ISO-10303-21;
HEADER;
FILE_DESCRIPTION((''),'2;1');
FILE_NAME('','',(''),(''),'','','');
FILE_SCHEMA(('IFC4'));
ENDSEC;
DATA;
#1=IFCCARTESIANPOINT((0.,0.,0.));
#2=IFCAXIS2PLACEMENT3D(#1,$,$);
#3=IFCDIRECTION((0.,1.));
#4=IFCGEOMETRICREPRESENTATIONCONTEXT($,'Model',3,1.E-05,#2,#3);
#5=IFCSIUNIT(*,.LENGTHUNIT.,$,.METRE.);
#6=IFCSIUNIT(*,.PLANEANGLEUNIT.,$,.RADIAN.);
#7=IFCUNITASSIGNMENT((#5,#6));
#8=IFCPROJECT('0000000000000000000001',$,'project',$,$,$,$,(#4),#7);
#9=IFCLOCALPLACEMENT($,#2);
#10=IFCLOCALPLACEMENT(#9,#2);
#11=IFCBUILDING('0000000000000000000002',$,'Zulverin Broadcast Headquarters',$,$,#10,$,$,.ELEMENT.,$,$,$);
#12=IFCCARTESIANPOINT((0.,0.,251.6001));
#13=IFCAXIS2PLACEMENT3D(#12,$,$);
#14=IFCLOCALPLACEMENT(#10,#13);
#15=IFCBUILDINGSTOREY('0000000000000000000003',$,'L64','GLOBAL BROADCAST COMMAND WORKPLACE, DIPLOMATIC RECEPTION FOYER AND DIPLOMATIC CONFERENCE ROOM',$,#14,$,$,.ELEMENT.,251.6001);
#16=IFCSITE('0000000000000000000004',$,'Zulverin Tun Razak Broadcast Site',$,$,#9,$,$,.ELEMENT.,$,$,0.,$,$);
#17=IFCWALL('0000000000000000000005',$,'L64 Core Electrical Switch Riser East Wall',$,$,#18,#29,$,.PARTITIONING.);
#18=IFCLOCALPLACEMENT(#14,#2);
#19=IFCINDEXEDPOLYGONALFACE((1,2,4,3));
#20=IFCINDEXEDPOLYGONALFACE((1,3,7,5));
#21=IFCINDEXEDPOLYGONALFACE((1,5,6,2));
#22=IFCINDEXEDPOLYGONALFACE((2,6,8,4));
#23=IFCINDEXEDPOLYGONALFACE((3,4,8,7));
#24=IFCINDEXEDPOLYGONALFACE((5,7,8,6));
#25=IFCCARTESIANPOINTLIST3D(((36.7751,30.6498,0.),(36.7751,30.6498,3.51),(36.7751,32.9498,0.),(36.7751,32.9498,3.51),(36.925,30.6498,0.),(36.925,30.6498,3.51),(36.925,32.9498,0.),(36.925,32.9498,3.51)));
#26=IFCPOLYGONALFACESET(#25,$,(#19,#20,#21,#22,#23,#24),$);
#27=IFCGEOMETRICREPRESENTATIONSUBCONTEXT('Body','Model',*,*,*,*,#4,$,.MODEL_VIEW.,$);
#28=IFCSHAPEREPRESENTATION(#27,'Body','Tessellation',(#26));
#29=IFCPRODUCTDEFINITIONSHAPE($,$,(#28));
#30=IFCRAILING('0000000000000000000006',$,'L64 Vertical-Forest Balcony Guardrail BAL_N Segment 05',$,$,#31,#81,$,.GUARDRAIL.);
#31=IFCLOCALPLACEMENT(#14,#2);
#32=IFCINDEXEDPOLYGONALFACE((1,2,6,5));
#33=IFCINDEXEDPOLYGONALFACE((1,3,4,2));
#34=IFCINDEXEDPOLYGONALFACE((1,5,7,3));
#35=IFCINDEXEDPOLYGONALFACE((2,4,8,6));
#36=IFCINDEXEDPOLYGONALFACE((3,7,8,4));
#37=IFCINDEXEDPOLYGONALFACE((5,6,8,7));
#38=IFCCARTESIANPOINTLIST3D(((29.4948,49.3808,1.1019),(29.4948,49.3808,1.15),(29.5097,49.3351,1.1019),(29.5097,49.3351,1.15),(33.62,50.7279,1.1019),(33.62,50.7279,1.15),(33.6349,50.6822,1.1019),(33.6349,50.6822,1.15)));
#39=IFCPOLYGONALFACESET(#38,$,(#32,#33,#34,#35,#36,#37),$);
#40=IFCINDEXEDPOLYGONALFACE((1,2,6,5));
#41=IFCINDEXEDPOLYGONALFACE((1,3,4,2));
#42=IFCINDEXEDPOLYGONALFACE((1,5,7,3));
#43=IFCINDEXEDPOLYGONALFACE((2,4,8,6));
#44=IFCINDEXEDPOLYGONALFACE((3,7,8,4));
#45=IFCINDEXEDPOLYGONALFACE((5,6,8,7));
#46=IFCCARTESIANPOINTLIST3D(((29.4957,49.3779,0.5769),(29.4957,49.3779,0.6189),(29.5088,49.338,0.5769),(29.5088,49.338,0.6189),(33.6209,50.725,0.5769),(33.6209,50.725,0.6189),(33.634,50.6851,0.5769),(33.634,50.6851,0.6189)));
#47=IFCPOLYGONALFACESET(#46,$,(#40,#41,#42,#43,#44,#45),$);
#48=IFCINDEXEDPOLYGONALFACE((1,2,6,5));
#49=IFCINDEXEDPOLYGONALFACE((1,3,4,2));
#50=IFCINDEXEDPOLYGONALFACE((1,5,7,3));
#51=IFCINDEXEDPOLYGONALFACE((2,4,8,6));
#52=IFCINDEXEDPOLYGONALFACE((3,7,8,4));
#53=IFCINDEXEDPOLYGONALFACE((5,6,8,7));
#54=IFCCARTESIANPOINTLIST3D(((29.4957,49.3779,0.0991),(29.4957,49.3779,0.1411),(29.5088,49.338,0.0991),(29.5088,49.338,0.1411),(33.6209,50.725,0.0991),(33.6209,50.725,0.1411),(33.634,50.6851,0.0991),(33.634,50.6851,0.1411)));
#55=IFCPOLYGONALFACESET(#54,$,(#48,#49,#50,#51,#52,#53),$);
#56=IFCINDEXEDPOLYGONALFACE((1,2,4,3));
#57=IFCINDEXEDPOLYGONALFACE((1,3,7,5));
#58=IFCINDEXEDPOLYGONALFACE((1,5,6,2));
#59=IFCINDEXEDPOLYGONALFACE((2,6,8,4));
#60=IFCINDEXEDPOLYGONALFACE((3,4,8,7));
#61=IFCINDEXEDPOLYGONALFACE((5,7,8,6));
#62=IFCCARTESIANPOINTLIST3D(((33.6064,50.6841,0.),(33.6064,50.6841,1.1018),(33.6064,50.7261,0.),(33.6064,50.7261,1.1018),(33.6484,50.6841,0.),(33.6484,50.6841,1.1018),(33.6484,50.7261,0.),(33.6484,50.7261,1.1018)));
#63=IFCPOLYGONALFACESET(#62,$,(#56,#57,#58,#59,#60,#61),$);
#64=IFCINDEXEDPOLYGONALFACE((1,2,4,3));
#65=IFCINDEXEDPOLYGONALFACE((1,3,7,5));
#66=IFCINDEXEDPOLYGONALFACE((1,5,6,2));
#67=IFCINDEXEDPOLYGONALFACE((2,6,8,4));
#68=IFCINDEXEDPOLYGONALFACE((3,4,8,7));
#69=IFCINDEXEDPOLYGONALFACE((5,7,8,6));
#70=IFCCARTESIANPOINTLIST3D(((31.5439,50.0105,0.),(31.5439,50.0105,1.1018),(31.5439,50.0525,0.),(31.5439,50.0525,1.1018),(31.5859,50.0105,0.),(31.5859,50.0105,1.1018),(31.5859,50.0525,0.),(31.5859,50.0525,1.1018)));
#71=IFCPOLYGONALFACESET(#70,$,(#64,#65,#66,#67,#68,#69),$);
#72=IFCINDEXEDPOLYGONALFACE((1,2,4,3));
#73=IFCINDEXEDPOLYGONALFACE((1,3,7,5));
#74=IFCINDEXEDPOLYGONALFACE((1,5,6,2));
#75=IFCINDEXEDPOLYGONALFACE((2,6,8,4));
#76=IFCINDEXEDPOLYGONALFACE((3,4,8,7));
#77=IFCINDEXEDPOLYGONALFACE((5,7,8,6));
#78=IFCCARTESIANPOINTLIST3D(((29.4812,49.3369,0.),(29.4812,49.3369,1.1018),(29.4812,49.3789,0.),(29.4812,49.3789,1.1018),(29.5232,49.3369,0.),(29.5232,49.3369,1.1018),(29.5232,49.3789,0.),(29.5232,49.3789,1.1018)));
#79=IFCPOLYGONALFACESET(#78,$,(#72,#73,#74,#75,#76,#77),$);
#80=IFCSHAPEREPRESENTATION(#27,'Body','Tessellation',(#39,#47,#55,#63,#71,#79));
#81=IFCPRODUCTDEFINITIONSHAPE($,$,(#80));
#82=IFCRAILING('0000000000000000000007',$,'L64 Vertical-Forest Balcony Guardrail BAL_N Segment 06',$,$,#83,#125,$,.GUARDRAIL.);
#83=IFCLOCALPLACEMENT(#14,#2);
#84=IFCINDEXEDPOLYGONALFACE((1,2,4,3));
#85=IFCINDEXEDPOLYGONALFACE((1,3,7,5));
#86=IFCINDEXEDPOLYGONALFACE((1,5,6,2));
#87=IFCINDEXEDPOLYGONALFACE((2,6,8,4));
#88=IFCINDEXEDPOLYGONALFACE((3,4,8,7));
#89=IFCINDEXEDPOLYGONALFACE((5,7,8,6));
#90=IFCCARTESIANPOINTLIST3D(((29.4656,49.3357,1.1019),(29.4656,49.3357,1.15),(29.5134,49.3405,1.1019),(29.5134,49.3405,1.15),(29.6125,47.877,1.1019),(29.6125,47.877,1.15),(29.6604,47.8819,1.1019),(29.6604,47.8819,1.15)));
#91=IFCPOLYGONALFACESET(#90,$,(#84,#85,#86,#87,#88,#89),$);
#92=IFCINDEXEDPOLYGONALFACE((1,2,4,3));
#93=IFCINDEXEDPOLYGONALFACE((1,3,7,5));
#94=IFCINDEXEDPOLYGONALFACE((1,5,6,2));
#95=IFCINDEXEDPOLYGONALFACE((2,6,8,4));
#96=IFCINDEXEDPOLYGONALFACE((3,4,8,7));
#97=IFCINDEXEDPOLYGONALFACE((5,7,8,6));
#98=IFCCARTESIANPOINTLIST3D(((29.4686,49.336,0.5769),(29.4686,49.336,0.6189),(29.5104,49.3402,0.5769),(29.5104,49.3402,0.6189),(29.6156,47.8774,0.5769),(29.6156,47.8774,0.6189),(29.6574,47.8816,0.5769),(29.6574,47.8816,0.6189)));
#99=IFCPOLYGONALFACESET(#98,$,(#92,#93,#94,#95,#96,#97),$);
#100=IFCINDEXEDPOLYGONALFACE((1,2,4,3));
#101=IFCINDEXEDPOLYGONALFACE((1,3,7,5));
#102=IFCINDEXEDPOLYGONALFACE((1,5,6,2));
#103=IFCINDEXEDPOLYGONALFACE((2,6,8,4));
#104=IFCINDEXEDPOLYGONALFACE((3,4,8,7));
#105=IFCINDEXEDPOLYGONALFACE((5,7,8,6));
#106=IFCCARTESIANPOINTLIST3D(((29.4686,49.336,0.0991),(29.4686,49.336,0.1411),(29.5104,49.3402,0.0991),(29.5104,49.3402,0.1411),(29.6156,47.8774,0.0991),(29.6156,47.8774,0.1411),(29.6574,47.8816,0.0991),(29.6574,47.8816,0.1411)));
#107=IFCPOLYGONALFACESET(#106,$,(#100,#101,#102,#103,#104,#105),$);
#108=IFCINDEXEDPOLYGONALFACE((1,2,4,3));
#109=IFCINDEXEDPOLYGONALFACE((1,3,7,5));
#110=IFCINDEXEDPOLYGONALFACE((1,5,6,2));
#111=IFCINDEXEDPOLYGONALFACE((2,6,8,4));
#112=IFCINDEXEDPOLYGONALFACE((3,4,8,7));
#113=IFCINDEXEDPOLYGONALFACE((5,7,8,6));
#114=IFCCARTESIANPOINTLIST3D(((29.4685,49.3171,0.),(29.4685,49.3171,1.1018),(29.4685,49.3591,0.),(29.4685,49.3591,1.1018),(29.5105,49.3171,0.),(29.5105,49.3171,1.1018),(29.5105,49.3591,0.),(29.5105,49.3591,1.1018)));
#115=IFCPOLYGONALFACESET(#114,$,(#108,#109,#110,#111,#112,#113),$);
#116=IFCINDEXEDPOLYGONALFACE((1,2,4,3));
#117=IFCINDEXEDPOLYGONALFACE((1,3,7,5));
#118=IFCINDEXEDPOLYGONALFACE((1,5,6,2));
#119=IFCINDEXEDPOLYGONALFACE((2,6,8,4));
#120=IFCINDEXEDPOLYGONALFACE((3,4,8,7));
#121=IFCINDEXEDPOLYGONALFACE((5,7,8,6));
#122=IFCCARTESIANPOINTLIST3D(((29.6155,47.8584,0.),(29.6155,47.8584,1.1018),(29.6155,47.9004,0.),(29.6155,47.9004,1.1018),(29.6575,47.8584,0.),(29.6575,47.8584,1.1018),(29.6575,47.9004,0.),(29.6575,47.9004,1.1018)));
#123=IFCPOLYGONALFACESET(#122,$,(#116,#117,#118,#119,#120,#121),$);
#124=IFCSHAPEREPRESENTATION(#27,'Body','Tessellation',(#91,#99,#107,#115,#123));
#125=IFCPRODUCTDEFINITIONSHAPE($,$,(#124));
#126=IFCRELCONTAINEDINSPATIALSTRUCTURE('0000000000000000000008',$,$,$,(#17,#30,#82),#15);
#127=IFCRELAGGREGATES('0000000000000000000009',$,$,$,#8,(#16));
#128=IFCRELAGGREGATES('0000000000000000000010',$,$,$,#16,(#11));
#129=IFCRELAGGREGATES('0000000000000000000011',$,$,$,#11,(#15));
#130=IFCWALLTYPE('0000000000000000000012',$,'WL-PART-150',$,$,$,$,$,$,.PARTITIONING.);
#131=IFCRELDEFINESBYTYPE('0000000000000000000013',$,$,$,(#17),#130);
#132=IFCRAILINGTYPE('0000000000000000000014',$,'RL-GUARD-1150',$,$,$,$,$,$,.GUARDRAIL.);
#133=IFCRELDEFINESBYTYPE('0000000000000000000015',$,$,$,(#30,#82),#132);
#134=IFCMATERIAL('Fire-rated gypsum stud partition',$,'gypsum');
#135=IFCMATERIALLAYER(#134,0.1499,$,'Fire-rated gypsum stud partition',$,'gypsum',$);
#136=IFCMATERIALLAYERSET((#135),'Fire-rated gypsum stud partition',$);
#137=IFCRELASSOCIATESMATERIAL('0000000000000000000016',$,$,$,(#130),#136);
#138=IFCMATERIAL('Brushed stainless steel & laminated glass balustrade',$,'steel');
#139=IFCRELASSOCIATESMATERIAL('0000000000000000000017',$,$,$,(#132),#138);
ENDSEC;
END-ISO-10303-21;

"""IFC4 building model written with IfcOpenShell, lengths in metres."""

from ifc_helpers import new_model, si_unit, direction, frame, frame_2d, origin, origin_2d, place, context, subcontext, project, spatial, rectangle, extrude, material, layer, layer_set, type_object, element, save


model = new_model("IFC4")

# Units and contexts
model_context = context("Model", 3, precision=1e-05, world=origin(), true_north=direction((0.0, 1.0)))
body_context = subcontext(model_context, "Body", "Model", "MODEL_VIEW")
ifc_project = project(units=[si_unit("LENGTHUNIT", "METRE"), si_unit("PLANEANGLEUNIT", "RADIAN")], contexts=[model_context])

# Site, building, storey
site_placement = place(None, origin())
site = spatial("IfcSite", under=ifc_project, at=site_placement, Name="Zulverin Tun Razak Broadcast Site", CompositionType="ELEMENT", RefElevation=0.0)
building_placement = place(site_placement, origin())
building = spatial("IfcBuilding", under=site, at=building_placement, Name="Zulverin Broadcast Headquarters", CompositionType="ELEMENT")
storey_placement = place(building_placement, frame((0.0, 0.0, 251.6001)))
storey = spatial("IfcBuildingStorey", under=building, at=storey_placement, Name="L64", Description="GLOBAL BROADCAST COMMAND WORKPLACE, DIPLOMATIC RECEPTION FOYER AND DIPLOMATIC CONFERENCE ROOM", CompositionType="ELEMENT", Elevation=251.6001)

# Shared definitions
ifc_material_1 = material(Name="Fire-rated gypsum stud partition", Category="gypsum")
ifc_layer_1 = layer(ifc_material_1, 0.1499, Name="Fire-rated gypsum stud partition", Category="gypsum")
ifc_layer_set_1 = layer_set([ifc_layer_1], Name="Fire-rated gypsum stud partition")
wall_type_1 = type_object("IfcWallType", Name="WL-PART-150", PredefinedType="PARTITIONING", material=ifc_layer_set_1)

# Wall
for number, where, z_axis, x_axis, name in (
    (1, (36.8501, 30.6499, 0.0), (0.0, 0.0, 1.0), (0.0, 1.0, 0.0), "L64 Core Electrical Switch Riser East Wall"),
):
    element("IfcWall", number, at=place(storey_placement, frame(where, z_axis=z_axis, x_axis=x_axis)), inside=storey, type_object=wall_type_1, Name=name, PredefinedType="PARTITIONING", context=body_context, shape_type="SweptSolid", body=[
        extrude(rectangle(XDim=2.3, YDim=0.1499, at=frame_2d((1.1499, 0.0))), origin(), (0.0, 0.0, 1.0), 3.51),
    ])

# Railings
ifc_material_2 = material(Name="Brushed stainless steel & laminated glass balustrade", Category="steel")
railing_type = type_object("IfcRailingType", Name="RL-GUARD-1150", PredefinedType="GUARDRAIL", material=ifc_material_2)
railing_1_placement = place(storey_placement, frame((33.6274, 50.7051, 0.0)))
element("IfcRailing", 2, at=railing_1_placement, inside=storey, type_object=railing_type, Name="L64 Vertical-Forest Balcony Guardrail BAL_N Segment 05", PredefinedType="GUARDRAIL", context=body_context, shape_type="SweptSolid", body=[
    extrude(rectangle(XDim=0.0481, YDim=0.0481, at=origin_2d()), frame((0.0, 0.0, 1.126), z_axis=(-0.950595, -0.310433, 0.0), x_axis=(0.310433, -0.950595, 0.0)), (0.0, 0.0, 1.0), 4.3396),
    extrude(rectangle(XDim=0.042, YDim=0.042, at=origin_2d()), frame((0.0, 0.0, 0.5979), z_axis=(-0.950595, -0.310433, 0.0), x_axis=(0.310433, -0.950595, 0.0)), (0.0, 0.0, 1.0), 4.3396),
    extrude(rectangle(XDim=0.042, YDim=0.042, at=origin_2d()), frame((0.0, 0.0, 0.1201), z_axis=(-0.950595, -0.310433, 0.0), x_axis=(0.310433, -0.950595, 0.0)), (0.0, 0.0, 1.0), 4.3396),
    extrude(rectangle(XDim=0.042, YDim=0.042, at=origin_2d()), origin(), (0.0, 0.0, 1.0), 1.1018),
    extrude(rectangle(XDim=0.042, YDim=0.042, at=origin_2d()), frame((-2.0625, -0.6736, 0.0)), (0.0, 0.0, 1.0), 1.1018),
    extrude(rectangle(XDim=0.042, YDim=0.042, at=origin_2d()), frame((-4.1252, -1.3472, 0.0)), (0.0, 0.0, 1.0), 1.1018),
])
railing_2_placement = place(storey_placement, frame((29.4895, 49.3381, 0.0)))
element("IfcRailing", 3, at=railing_2_placement, inside=storey, type_object=railing_type, Name="L64 Vertical-Forest Balcony Guardrail BAL_N Segment 06", PredefinedType="GUARDRAIL", context=body_context, shape_type="SweptSolid", body=[
    extrude(rectangle(XDim=0.0481, YDim=0.0481, at=origin_2d()), frame((0.0, 0.0, 1.126), z_axis=(0.100246, -0.994963, 0.0), x_axis=(0.994963, 0.100246, 0.0)), (0.0, 0.0, 1.0), 1.4661),
    extrude(rectangle(XDim=0.042, YDim=0.042, at=origin_2d()), frame((0.0, 0.0, 0.5979), z_axis=(0.100246, -0.994963, 0.0), x_axis=(0.994963, 0.100246, 0.0)), (0.0, 0.0, 1.0), 1.4661),
    extrude(rectangle(XDim=0.042, YDim=0.042, at=origin_2d()), frame((0.0, 0.0, 0.1201), z_axis=(0.100246, -0.994963, 0.0), x_axis=(0.994963, 0.100246, 0.0)), (0.0, 0.0, 1.0), 1.4661),
    extrude(rectangle(XDim=0.042, YDim=0.042, at=origin_2d()), origin(), (0.0, 0.0, 1.0), 1.1018),
    extrude(rectangle(XDim=0.042, YDim=0.042, at=origin_2d()), frame((0.147, -1.4587, 0.0)), (0.0, 0.0, 1.0), 1.1018),
])

save(model, "model.ifc")
